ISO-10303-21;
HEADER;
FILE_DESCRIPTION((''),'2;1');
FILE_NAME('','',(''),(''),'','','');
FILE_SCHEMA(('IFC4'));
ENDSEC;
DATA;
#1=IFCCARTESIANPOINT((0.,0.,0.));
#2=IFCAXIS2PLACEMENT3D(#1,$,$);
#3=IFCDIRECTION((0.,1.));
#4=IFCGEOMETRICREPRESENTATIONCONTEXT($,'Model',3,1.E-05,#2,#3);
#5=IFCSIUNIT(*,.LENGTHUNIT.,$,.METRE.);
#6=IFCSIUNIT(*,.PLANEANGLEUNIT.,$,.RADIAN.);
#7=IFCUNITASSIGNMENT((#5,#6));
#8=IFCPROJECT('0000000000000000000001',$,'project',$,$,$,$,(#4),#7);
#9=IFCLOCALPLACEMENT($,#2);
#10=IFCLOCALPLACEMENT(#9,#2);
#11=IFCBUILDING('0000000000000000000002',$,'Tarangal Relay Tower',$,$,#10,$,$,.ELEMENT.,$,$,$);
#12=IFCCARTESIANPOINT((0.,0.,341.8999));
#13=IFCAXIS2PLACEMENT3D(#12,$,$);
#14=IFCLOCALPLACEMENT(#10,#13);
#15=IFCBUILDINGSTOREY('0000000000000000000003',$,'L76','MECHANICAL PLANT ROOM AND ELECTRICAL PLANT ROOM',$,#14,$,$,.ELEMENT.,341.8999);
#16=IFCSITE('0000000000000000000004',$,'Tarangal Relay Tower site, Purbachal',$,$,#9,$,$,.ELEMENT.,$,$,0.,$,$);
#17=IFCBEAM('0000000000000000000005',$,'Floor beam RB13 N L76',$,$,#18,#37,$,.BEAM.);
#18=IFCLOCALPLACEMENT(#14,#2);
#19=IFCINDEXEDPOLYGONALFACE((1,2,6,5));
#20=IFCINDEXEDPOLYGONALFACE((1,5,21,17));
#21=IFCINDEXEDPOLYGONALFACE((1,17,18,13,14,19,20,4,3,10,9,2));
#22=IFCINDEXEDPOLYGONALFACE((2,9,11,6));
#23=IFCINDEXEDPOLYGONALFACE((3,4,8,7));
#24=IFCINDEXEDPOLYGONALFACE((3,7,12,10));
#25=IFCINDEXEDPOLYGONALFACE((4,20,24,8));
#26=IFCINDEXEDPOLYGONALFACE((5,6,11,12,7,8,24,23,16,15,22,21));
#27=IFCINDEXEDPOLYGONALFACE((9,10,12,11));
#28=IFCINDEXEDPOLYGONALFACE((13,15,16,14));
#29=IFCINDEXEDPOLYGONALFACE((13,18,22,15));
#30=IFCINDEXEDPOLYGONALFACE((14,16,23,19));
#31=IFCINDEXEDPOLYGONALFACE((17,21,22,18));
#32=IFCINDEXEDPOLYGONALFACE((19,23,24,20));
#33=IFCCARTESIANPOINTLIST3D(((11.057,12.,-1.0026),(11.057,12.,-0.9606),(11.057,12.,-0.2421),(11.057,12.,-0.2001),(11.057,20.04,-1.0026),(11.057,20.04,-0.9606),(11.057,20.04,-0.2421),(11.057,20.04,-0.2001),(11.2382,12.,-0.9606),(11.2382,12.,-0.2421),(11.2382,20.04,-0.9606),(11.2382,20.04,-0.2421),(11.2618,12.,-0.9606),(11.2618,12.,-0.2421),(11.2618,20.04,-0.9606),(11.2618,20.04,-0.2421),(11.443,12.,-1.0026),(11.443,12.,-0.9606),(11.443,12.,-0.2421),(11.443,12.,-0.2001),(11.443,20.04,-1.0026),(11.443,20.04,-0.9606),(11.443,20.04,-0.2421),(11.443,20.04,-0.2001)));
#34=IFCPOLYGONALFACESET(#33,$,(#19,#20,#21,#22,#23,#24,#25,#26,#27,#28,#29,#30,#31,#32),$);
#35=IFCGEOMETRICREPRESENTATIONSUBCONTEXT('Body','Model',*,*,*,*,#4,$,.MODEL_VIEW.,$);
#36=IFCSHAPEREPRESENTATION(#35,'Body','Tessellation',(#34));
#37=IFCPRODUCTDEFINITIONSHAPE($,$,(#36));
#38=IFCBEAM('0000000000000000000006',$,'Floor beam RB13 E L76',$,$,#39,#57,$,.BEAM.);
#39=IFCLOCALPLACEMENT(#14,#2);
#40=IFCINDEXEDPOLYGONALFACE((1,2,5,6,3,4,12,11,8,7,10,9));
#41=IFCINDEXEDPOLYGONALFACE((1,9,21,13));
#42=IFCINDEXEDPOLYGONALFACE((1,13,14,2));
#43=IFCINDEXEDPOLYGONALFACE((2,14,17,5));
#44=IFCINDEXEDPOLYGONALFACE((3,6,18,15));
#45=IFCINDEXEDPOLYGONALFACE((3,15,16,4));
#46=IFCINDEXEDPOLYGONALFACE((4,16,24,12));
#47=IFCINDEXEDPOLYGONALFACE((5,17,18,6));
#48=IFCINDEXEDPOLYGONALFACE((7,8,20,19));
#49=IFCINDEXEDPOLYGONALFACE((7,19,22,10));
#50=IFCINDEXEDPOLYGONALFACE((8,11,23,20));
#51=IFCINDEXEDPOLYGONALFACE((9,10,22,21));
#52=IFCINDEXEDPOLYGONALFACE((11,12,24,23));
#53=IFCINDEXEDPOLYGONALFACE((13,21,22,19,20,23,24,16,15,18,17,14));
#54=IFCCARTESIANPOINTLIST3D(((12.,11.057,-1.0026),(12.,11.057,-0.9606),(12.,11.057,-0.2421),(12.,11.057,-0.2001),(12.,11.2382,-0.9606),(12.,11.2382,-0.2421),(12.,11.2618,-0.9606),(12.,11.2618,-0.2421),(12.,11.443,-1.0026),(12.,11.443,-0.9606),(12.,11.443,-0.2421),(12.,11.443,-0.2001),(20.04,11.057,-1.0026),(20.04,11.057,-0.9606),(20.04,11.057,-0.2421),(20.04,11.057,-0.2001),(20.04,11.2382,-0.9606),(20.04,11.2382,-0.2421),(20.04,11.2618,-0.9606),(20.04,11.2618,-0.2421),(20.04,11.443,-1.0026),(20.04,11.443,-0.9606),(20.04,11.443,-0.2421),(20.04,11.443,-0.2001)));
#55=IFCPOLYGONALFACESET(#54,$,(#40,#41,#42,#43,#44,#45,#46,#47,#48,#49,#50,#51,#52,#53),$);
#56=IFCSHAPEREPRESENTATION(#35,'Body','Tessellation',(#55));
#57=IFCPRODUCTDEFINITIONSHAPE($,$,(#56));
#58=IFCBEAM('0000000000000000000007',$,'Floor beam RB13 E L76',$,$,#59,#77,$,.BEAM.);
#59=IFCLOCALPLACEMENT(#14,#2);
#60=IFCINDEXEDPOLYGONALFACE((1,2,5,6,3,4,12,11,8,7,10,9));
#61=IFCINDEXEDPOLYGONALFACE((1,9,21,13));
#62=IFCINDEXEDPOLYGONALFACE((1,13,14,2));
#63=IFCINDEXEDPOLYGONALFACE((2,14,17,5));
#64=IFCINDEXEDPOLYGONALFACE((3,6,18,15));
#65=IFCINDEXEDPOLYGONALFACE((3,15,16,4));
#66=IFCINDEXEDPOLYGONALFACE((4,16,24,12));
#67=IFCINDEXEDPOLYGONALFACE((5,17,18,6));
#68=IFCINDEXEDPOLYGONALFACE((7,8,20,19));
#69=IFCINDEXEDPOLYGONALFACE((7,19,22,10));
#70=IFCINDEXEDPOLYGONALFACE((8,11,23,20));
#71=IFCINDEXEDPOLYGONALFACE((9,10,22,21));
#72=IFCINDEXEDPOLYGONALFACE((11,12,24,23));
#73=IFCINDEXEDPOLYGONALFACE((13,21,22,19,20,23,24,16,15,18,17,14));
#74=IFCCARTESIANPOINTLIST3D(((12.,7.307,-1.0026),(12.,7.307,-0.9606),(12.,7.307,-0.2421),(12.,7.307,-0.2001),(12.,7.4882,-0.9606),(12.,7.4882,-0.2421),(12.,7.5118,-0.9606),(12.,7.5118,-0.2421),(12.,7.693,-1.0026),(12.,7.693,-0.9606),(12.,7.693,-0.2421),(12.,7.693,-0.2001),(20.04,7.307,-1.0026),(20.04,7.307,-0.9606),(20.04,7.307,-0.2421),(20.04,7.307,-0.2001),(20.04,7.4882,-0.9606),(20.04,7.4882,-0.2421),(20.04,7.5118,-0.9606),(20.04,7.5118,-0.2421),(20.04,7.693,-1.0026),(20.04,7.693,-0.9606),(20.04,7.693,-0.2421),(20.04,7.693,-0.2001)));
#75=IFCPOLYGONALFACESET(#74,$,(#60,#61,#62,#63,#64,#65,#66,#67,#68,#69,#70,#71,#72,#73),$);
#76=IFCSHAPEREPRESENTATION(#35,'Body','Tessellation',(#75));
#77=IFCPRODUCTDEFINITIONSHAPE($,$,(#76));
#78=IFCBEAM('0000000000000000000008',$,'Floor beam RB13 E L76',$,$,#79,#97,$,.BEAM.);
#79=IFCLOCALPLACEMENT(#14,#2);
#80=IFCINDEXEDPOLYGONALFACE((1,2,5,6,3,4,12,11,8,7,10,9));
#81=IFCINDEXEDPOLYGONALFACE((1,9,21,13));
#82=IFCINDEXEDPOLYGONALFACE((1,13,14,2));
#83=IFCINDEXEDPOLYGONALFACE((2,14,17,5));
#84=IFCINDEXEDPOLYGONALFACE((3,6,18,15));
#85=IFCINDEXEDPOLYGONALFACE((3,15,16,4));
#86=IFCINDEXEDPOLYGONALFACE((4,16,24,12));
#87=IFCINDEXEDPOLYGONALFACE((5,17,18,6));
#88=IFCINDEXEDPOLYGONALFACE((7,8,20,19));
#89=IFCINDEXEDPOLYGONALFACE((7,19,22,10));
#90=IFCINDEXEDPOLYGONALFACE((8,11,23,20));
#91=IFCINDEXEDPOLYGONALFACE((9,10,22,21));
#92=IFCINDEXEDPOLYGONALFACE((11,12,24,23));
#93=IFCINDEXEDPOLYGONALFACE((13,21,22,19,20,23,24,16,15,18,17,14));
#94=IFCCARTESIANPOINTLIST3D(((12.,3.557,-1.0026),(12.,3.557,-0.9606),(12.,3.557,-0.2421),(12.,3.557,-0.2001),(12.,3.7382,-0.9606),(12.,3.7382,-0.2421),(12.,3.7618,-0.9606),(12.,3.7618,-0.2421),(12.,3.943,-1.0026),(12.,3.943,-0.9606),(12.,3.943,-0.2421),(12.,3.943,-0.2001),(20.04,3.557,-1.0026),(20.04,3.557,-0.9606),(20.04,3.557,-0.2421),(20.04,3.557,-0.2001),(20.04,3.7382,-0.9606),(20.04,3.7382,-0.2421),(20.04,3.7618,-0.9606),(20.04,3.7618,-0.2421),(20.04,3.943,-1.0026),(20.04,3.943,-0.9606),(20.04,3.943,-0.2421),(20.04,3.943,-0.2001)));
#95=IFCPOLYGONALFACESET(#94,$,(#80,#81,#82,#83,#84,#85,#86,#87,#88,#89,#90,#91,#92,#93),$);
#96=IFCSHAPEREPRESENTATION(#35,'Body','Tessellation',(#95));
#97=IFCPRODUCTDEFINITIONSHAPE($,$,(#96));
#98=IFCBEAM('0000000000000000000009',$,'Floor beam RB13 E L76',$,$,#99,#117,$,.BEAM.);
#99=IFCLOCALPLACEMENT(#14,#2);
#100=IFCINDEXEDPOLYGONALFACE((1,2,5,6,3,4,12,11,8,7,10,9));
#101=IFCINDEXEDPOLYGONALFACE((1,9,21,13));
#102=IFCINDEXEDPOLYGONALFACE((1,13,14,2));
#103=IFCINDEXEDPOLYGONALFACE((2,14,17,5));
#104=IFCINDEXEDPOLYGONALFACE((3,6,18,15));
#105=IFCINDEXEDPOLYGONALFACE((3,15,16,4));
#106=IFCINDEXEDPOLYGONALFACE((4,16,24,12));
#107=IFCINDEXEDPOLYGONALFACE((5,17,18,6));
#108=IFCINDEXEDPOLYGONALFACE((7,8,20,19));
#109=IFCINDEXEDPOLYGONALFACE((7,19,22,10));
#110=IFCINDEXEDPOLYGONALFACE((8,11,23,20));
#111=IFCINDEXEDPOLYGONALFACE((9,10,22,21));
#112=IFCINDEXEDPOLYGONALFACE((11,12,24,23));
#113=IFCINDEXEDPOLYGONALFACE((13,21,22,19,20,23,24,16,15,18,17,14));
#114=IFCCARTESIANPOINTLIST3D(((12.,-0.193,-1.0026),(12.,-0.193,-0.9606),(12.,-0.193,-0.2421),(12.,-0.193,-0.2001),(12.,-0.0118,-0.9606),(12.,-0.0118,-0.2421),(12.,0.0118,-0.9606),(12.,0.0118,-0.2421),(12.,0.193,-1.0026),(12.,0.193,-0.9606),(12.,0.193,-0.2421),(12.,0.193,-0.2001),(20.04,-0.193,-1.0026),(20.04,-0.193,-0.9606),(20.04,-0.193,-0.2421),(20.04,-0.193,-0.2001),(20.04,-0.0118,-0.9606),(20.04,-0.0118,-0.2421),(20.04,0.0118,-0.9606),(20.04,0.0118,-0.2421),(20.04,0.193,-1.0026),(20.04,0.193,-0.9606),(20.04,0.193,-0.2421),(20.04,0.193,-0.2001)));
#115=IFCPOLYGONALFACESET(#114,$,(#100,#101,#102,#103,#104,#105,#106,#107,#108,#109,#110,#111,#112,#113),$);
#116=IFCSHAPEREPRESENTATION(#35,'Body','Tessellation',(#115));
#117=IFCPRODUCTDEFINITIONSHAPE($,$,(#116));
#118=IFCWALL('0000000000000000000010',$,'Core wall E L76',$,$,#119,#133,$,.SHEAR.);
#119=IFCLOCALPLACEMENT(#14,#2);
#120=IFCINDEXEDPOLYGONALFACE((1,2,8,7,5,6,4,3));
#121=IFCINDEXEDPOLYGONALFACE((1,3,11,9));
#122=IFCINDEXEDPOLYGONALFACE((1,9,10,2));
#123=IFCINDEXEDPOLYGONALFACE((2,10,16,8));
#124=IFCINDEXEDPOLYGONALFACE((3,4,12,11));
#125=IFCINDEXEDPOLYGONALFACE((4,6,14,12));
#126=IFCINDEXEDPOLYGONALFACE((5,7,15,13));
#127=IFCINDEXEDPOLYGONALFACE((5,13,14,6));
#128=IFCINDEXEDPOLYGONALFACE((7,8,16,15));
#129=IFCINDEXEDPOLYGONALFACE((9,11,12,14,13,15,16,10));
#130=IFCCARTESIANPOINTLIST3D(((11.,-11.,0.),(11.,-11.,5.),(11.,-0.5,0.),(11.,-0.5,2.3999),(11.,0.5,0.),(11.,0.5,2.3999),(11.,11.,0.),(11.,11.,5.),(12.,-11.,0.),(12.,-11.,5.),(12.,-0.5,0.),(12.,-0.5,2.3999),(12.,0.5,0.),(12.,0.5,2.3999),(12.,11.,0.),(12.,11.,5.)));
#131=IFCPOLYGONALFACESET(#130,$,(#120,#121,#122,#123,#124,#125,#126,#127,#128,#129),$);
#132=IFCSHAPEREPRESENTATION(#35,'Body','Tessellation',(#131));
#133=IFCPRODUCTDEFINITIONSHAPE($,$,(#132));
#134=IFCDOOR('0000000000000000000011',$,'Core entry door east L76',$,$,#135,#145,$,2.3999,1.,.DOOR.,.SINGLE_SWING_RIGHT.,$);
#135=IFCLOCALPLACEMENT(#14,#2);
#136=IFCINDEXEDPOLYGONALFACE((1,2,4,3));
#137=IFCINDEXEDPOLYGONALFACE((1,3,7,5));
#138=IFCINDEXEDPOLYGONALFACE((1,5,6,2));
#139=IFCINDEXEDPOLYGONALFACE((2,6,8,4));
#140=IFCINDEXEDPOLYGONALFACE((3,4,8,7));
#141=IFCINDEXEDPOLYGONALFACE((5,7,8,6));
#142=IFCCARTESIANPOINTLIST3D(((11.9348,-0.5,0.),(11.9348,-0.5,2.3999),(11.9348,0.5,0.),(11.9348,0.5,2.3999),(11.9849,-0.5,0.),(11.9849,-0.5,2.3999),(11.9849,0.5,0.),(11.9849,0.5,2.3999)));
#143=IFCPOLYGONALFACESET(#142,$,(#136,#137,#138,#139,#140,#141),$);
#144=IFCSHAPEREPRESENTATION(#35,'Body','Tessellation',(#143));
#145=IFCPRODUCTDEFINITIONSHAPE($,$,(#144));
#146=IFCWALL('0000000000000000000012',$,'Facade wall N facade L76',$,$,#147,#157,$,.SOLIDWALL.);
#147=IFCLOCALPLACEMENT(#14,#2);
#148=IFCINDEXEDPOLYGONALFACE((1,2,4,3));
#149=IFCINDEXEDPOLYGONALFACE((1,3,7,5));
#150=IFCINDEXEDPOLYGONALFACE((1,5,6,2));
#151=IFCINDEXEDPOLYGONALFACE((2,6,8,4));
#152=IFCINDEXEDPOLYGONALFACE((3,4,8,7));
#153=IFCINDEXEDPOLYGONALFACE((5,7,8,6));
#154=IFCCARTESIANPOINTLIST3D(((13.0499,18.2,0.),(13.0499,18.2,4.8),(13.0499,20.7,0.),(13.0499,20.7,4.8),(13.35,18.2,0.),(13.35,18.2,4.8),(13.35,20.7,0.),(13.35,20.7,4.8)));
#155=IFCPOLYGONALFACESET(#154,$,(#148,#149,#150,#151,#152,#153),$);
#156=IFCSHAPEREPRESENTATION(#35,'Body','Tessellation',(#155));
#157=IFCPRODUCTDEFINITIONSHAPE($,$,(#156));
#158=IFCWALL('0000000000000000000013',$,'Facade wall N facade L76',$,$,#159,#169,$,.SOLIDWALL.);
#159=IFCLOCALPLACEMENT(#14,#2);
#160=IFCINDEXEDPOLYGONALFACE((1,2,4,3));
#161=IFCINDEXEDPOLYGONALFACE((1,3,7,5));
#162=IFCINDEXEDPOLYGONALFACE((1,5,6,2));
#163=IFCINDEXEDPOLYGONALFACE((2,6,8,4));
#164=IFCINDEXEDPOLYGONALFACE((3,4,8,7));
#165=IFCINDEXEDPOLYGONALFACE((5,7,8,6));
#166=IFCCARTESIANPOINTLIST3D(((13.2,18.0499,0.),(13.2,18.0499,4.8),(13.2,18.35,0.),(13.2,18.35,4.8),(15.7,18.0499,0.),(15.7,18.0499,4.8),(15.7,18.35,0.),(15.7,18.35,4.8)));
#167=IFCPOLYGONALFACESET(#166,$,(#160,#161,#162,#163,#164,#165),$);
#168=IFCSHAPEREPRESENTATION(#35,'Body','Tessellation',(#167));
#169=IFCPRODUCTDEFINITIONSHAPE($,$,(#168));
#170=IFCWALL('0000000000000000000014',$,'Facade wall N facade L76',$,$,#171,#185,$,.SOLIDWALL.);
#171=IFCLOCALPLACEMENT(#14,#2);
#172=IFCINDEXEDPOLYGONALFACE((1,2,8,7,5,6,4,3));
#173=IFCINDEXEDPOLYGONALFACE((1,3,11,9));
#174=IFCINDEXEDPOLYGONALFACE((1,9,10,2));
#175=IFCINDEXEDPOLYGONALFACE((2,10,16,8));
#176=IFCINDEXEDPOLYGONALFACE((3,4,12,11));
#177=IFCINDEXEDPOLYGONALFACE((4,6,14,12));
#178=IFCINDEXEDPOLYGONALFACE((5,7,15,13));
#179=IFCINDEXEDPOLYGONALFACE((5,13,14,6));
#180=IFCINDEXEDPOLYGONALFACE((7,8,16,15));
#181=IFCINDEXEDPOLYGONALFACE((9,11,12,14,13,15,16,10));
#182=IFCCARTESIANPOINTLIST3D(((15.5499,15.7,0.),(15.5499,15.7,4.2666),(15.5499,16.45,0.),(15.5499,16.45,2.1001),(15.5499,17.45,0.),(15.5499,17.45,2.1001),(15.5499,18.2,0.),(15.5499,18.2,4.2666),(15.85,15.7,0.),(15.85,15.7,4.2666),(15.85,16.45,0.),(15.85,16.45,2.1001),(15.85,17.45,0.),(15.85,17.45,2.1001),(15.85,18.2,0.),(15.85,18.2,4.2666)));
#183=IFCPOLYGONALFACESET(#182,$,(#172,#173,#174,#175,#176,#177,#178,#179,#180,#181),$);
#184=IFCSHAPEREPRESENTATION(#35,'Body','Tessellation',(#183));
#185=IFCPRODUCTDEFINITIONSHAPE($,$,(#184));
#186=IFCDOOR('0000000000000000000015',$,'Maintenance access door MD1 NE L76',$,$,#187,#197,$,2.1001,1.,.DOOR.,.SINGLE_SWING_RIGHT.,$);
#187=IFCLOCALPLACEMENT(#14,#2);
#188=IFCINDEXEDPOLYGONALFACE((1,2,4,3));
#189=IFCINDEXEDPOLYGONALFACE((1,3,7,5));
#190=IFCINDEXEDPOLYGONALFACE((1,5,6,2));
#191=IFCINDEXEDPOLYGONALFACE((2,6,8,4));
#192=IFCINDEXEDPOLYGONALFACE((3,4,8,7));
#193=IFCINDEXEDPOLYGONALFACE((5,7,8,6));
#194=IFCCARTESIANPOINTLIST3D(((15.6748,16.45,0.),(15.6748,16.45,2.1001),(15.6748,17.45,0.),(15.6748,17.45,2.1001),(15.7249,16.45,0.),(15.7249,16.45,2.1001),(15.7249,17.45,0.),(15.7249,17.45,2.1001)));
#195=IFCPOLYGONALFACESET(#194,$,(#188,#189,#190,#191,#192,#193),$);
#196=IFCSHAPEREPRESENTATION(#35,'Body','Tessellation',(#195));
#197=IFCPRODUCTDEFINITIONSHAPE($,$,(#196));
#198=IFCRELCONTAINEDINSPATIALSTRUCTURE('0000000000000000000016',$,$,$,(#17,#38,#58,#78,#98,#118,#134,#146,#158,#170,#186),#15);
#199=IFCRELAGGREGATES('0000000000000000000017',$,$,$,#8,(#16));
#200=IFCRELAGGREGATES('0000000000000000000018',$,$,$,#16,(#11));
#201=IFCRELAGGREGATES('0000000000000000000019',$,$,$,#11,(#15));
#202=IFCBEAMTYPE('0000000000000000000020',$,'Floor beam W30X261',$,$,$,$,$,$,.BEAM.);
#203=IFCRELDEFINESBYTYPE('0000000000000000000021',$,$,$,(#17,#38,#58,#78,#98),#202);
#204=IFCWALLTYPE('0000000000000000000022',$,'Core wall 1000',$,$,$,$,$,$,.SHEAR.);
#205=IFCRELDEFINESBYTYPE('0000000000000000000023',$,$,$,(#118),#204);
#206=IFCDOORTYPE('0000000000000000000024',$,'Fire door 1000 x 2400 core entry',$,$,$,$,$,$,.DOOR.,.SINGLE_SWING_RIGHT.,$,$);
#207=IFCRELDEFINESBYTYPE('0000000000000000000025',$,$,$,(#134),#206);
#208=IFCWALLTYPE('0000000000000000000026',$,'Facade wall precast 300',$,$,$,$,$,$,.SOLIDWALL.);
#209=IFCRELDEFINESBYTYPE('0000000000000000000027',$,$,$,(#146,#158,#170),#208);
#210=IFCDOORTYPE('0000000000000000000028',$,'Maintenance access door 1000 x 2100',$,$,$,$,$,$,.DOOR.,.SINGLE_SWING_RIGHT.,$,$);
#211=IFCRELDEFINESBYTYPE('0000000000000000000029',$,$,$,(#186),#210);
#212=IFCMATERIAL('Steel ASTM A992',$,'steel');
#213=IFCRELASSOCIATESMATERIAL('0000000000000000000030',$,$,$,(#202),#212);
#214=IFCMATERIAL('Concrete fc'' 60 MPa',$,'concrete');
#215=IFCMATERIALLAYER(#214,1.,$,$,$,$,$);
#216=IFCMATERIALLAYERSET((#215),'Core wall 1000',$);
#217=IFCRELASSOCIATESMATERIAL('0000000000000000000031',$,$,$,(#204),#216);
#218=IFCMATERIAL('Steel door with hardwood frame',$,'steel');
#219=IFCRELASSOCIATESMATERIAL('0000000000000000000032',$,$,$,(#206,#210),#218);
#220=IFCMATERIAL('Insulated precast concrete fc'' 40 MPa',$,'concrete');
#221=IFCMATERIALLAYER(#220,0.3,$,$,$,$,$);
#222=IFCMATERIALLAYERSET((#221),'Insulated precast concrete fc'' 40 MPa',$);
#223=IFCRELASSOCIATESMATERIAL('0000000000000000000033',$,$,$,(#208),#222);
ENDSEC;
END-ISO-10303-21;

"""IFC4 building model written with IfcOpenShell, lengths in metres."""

from ifc_helpers import new_model, si_unit, direction, frame, frame_2d, origin, origin_2d, place, context, subcontext, project, spatial, rectangle, i_section, extrude, material, layer, layer_set, material_profile, profile_set, type_object, element, fill, save


model = new_model("IFC4")

# Units and contexts
model_context = context("Model", 3, precision=1e-05, world=origin(), true_north=direction((0.0, 1.0)))
body_context = subcontext(model_context, "Body", "Model", "MODEL_VIEW")
ifc_project = project(units=[si_unit("LENGTHUNIT", "METRE"), si_unit("PLANEANGLEUNIT", "RADIAN")], contexts=[model_context])

# Site, building, storey
site_placement = place(None, origin())
site = spatial("IfcSite", under=ifc_project, at=site_placement, Name="Tarangal Relay Tower site, Purbachal", CompositionType="ELEMENT", RefElevation=0.0)
building_placement = place(site_placement, origin())
building = spatial("IfcBuilding", under=site, at=building_placement, Name="Tarangal Relay Tower", CompositionType="ELEMENT")
storey_placement = place(building_placement, frame((0.0, 0.0, 341.8999)))
storey = spatial("IfcBuildingStorey", under=building, at=storey_placement, Name="L76", Description="MECHANICAL PLANT ROOM AND ELECTRICAL PLANT ROOM", CompositionType="ELEMENT", Elevation=341.8999)

# Beams
ifc_material_1 = material(Name="Steel ASTM A992", Category="steel")
ifc_material_profile_1 = material_profile(ifc_material_1, i_section(OverallWidth=0.386, OverallDepth=0.8025, WebThickness=0.0237, FlangeThickness=0.042, at=origin_2d()), Name="W30X261")
ifc_profile_set_1 = profile_set([ifc_material_profile_1], Name="Steel ASTM A992")
beam_type_1 = type_object("IfcBeamType", Name="Floor beam W30X261", PredefinedType="BEAM", material=ifc_profile_set_1)
for number, where, z_axis, x_axis, name in (
    (1, (11.25, 12.0, -0.6013), (0.0, 1.0, 0.0), (-1.0, 0.0, 0.0), "Floor beam RB13 N L76"),
    (2, (12.0, 11.25, -0.6013), (1.0, 0.0, 0.0), (0.0, 1.0, 0.0), "Floor beam RB13 E L76"),
    (3, (12.0, 7.5, -0.6013), (1.0, 0.0, 0.0), (0.0, 1.0, 0.0), "Floor beam RB13 E L76"),
    (4, (12.0, 3.75, -0.6013), (1.0, 0.0, 0.0), (0.0, 1.0, 0.0), "Floor beam RB13 E L76"),
    (5, (12.0, 0.0, -0.6013), (1.0, 0.0, 0.0), (0.0, 1.0, 0.0), "Floor beam RB13 E L76"),
):
    element("IfcBeam", number, at=place(storey_placement, frame(where, z_axis=z_axis, x_axis=x_axis)), inside=storey, type_object=beam_type_1, Name=name, PredefinedType="BEAM", context=body_context, shape_type="SweptSolid", body=[
        extrude(i_section(OverallWidth=0.386, OverallDepth=0.8025, WebThickness=0.0237, FlangeThickness=0.042, at=origin_2d()), origin(), (0.0, 0.0, 1.0), 8.04),
    ])

# Wall, opening, door
ifc_material_2 = material(Name="Concrete fc' 60 MPa", Category="concrete")
ifc_layer_1 = layer(ifc_material_2, 1.0)
ifc_layer_set_1 = layer_set([ifc_layer_1], Name="Core wall 1000")
wall_type_1 = type_object("IfcWallType", Name="Core wall 1000", PredefinedType="SHEAR", material=ifc_layer_set_1)
wall_1_placement = place(storey_placement, frame((11.5, 11.0, 0.0), z_axis=(0.0, 0.0, 1.0), x_axis=(0.0, -1.0, 0.0)))
wall_1 = element("IfcWall", 6, at=wall_1_placement, inside=storey, type_object=wall_type_1, Name="Core wall E L76", PredefinedType="SHEAR", context=body_context, shape_type="SweptSolid", body=[
    extrude(rectangle(XDim=22.0, YDim=1.0, at=frame_2d((11.0, 0.0))), origin(), (0.0, 0.0, 1.0), 5.0),
])
opening_1_placement = place(wall_1_placement, frame((10.5, 0.0, 0.0)))
opening_1 = element("IfcOpeningElement", 7, at=opening_1_placement, cuts=wall_1, PredefinedType="OPENING", context=body_context, shape_type="SweptSolid", body=[
    extrude(rectangle(XDim=1.0, YDim=2.3999, at=frame_2d((0.5, 1.2))), frame((0.0, 0.51, 0.0), z_axis=(0.0, -1.0, 0.0), x_axis=(1.0, 0.0, 0.0)), (0.0, 0.0, 1.0), 1.02),
])
ifc_material_3 = material(Name="Steel door with hardwood frame", Category="steel")
door_type_1 = type_object("IfcDoorType", Name="Fire door 1000 x 2400 core entry", OperationType="SINGLE_SWING_RIGHT", PredefinedType="DOOR", material=ifc_material_3)
door_1_placement = place(opening_1_placement, origin())
door_1 = element("IfcDoor", 8, at=door_1_placement, inside=storey, type_object=door_type_1, Name="Core entry door east L76", OperationType="SINGLE_SWING_RIGHT", OverallHeight=2.3999, OverallWidth=1.0, PredefinedType="DOOR", context=body_context, shape_type="SweptSolid", body=[
    extrude(rectangle(XDim=1.0, YDim=2.3999, at=frame_2d((0.5, 1.2))), frame((0.0, 0.4849, 0.0), z_axis=(0.0, -1.0, 0.0), x_axis=(1.0, 0.0, 0.0)), (0.0, 0.0, 1.0), 0.05),
])
fill(opening_1, door_1)

# Walls
ifc_material_4 = material(Name="Insulated precast concrete fc' 40 MPa", Category="concrete")
ifc_layer_2 = layer(ifc_material_4, 0.3)
ifc_layer_set_2 = layer_set([ifc_layer_2], Name="Insulated precast concrete fc' 40 MPa")
wall_type_2 = type_object("IfcWallType", Name="Facade wall precast 300", PredefinedType="SOLIDWALL", material=ifc_layer_set_2)
for number, where, z_axis, x_axis, name in (
    (9, (13.2, 20.7, 0.0), (0.0, 0.0, 1.0), (0.0, -1.0, 0.0), "Facade wall N facade L76"),
    (10, (13.2, 18.2, 0.0), (0.0, 0.0, 1.0), (1.0, 0.0, 0.0), "Facade wall N facade L76"),
):
    element("IfcWall", number, at=place(storey_placement, frame(where, z_axis=z_axis, x_axis=x_axis)), inside=storey, type_object=wall_type_2, Name=name, PredefinedType="SOLIDWALL", context=body_context, shape_type="SweptSolid", body=[
        extrude(rectangle(XDim=2.5, YDim=0.3, at=frame_2d((1.25, 0.0))), origin(), (0.0, 0.0, 1.0), 4.8),
    ])

# Wall, opening, door
wall_2_placement = place(storey_placement, frame((15.7, 18.2, 0.0), z_axis=(0.0, 0.0, 1.0), x_axis=(0.0, -1.0, 0.0)))
wall_2 = element("IfcWall", 11, at=wall_2_placement, inside=storey, type_object=wall_type_2, Name="Facade wall N facade L76", PredefinedType="SOLIDWALL", context=body_context, shape_type="SweptSolid", body=[
    extrude(rectangle(XDim=2.5, YDim=0.3, at=frame_2d((1.25, 0.0))), origin(), (0.0, 0.0, 1.0), 4.2666),
])
opening_2_placement = place(wall_2_placement, frame((0.75, 0.0, 0.0)))
opening_2 = element("IfcOpeningElement", 12, at=opening_2_placement, cuts=wall_2, PredefinedType="OPENING", context=body_context, shape_type="SweptSolid", body=[
    extrude(rectangle(XDim=1.0, YDim=2.1001, at=frame_2d((0.5, 1.05))), frame((0.0, 0.1599, 0.0), z_axis=(0.0, -1.0, 0.0), x_axis=(1.0, 0.0, 0.0)), (0.0, 0.0, 1.0), 0.3201),
])
door_type_2 = type_object("IfcDoorType", Name="Maintenance access door 1000 x 2100", OperationType="SINGLE_SWING_RIGHT", PredefinedType="DOOR", material=ifc_material_3)
door_2_placement = place(opening_2_placement, origin())
door_2 = element("IfcDoor", 13, at=door_2_placement, inside=storey, type_object=door_type_2, Name="Maintenance access door MD1 NE L76", OperationType="SINGLE_SWING_RIGHT", OverallHeight=2.1001, OverallWidth=1.0, PredefinedType="DOOR", context=body_context, shape_type="SweptSolid", body=[
    extrude(rectangle(XDim=1.0, YDim=2.1001, at=frame_2d((0.5, 1.05))), frame((0.0, 0.0249, 0.0), z_axis=(0.0, -1.0, 0.0), x_axis=(1.0, 0.0, 0.0)), (0.0, 0.0, 1.0), 0.05),
])
fill(opening_2, door_2)

save(model, "model.ifc")
